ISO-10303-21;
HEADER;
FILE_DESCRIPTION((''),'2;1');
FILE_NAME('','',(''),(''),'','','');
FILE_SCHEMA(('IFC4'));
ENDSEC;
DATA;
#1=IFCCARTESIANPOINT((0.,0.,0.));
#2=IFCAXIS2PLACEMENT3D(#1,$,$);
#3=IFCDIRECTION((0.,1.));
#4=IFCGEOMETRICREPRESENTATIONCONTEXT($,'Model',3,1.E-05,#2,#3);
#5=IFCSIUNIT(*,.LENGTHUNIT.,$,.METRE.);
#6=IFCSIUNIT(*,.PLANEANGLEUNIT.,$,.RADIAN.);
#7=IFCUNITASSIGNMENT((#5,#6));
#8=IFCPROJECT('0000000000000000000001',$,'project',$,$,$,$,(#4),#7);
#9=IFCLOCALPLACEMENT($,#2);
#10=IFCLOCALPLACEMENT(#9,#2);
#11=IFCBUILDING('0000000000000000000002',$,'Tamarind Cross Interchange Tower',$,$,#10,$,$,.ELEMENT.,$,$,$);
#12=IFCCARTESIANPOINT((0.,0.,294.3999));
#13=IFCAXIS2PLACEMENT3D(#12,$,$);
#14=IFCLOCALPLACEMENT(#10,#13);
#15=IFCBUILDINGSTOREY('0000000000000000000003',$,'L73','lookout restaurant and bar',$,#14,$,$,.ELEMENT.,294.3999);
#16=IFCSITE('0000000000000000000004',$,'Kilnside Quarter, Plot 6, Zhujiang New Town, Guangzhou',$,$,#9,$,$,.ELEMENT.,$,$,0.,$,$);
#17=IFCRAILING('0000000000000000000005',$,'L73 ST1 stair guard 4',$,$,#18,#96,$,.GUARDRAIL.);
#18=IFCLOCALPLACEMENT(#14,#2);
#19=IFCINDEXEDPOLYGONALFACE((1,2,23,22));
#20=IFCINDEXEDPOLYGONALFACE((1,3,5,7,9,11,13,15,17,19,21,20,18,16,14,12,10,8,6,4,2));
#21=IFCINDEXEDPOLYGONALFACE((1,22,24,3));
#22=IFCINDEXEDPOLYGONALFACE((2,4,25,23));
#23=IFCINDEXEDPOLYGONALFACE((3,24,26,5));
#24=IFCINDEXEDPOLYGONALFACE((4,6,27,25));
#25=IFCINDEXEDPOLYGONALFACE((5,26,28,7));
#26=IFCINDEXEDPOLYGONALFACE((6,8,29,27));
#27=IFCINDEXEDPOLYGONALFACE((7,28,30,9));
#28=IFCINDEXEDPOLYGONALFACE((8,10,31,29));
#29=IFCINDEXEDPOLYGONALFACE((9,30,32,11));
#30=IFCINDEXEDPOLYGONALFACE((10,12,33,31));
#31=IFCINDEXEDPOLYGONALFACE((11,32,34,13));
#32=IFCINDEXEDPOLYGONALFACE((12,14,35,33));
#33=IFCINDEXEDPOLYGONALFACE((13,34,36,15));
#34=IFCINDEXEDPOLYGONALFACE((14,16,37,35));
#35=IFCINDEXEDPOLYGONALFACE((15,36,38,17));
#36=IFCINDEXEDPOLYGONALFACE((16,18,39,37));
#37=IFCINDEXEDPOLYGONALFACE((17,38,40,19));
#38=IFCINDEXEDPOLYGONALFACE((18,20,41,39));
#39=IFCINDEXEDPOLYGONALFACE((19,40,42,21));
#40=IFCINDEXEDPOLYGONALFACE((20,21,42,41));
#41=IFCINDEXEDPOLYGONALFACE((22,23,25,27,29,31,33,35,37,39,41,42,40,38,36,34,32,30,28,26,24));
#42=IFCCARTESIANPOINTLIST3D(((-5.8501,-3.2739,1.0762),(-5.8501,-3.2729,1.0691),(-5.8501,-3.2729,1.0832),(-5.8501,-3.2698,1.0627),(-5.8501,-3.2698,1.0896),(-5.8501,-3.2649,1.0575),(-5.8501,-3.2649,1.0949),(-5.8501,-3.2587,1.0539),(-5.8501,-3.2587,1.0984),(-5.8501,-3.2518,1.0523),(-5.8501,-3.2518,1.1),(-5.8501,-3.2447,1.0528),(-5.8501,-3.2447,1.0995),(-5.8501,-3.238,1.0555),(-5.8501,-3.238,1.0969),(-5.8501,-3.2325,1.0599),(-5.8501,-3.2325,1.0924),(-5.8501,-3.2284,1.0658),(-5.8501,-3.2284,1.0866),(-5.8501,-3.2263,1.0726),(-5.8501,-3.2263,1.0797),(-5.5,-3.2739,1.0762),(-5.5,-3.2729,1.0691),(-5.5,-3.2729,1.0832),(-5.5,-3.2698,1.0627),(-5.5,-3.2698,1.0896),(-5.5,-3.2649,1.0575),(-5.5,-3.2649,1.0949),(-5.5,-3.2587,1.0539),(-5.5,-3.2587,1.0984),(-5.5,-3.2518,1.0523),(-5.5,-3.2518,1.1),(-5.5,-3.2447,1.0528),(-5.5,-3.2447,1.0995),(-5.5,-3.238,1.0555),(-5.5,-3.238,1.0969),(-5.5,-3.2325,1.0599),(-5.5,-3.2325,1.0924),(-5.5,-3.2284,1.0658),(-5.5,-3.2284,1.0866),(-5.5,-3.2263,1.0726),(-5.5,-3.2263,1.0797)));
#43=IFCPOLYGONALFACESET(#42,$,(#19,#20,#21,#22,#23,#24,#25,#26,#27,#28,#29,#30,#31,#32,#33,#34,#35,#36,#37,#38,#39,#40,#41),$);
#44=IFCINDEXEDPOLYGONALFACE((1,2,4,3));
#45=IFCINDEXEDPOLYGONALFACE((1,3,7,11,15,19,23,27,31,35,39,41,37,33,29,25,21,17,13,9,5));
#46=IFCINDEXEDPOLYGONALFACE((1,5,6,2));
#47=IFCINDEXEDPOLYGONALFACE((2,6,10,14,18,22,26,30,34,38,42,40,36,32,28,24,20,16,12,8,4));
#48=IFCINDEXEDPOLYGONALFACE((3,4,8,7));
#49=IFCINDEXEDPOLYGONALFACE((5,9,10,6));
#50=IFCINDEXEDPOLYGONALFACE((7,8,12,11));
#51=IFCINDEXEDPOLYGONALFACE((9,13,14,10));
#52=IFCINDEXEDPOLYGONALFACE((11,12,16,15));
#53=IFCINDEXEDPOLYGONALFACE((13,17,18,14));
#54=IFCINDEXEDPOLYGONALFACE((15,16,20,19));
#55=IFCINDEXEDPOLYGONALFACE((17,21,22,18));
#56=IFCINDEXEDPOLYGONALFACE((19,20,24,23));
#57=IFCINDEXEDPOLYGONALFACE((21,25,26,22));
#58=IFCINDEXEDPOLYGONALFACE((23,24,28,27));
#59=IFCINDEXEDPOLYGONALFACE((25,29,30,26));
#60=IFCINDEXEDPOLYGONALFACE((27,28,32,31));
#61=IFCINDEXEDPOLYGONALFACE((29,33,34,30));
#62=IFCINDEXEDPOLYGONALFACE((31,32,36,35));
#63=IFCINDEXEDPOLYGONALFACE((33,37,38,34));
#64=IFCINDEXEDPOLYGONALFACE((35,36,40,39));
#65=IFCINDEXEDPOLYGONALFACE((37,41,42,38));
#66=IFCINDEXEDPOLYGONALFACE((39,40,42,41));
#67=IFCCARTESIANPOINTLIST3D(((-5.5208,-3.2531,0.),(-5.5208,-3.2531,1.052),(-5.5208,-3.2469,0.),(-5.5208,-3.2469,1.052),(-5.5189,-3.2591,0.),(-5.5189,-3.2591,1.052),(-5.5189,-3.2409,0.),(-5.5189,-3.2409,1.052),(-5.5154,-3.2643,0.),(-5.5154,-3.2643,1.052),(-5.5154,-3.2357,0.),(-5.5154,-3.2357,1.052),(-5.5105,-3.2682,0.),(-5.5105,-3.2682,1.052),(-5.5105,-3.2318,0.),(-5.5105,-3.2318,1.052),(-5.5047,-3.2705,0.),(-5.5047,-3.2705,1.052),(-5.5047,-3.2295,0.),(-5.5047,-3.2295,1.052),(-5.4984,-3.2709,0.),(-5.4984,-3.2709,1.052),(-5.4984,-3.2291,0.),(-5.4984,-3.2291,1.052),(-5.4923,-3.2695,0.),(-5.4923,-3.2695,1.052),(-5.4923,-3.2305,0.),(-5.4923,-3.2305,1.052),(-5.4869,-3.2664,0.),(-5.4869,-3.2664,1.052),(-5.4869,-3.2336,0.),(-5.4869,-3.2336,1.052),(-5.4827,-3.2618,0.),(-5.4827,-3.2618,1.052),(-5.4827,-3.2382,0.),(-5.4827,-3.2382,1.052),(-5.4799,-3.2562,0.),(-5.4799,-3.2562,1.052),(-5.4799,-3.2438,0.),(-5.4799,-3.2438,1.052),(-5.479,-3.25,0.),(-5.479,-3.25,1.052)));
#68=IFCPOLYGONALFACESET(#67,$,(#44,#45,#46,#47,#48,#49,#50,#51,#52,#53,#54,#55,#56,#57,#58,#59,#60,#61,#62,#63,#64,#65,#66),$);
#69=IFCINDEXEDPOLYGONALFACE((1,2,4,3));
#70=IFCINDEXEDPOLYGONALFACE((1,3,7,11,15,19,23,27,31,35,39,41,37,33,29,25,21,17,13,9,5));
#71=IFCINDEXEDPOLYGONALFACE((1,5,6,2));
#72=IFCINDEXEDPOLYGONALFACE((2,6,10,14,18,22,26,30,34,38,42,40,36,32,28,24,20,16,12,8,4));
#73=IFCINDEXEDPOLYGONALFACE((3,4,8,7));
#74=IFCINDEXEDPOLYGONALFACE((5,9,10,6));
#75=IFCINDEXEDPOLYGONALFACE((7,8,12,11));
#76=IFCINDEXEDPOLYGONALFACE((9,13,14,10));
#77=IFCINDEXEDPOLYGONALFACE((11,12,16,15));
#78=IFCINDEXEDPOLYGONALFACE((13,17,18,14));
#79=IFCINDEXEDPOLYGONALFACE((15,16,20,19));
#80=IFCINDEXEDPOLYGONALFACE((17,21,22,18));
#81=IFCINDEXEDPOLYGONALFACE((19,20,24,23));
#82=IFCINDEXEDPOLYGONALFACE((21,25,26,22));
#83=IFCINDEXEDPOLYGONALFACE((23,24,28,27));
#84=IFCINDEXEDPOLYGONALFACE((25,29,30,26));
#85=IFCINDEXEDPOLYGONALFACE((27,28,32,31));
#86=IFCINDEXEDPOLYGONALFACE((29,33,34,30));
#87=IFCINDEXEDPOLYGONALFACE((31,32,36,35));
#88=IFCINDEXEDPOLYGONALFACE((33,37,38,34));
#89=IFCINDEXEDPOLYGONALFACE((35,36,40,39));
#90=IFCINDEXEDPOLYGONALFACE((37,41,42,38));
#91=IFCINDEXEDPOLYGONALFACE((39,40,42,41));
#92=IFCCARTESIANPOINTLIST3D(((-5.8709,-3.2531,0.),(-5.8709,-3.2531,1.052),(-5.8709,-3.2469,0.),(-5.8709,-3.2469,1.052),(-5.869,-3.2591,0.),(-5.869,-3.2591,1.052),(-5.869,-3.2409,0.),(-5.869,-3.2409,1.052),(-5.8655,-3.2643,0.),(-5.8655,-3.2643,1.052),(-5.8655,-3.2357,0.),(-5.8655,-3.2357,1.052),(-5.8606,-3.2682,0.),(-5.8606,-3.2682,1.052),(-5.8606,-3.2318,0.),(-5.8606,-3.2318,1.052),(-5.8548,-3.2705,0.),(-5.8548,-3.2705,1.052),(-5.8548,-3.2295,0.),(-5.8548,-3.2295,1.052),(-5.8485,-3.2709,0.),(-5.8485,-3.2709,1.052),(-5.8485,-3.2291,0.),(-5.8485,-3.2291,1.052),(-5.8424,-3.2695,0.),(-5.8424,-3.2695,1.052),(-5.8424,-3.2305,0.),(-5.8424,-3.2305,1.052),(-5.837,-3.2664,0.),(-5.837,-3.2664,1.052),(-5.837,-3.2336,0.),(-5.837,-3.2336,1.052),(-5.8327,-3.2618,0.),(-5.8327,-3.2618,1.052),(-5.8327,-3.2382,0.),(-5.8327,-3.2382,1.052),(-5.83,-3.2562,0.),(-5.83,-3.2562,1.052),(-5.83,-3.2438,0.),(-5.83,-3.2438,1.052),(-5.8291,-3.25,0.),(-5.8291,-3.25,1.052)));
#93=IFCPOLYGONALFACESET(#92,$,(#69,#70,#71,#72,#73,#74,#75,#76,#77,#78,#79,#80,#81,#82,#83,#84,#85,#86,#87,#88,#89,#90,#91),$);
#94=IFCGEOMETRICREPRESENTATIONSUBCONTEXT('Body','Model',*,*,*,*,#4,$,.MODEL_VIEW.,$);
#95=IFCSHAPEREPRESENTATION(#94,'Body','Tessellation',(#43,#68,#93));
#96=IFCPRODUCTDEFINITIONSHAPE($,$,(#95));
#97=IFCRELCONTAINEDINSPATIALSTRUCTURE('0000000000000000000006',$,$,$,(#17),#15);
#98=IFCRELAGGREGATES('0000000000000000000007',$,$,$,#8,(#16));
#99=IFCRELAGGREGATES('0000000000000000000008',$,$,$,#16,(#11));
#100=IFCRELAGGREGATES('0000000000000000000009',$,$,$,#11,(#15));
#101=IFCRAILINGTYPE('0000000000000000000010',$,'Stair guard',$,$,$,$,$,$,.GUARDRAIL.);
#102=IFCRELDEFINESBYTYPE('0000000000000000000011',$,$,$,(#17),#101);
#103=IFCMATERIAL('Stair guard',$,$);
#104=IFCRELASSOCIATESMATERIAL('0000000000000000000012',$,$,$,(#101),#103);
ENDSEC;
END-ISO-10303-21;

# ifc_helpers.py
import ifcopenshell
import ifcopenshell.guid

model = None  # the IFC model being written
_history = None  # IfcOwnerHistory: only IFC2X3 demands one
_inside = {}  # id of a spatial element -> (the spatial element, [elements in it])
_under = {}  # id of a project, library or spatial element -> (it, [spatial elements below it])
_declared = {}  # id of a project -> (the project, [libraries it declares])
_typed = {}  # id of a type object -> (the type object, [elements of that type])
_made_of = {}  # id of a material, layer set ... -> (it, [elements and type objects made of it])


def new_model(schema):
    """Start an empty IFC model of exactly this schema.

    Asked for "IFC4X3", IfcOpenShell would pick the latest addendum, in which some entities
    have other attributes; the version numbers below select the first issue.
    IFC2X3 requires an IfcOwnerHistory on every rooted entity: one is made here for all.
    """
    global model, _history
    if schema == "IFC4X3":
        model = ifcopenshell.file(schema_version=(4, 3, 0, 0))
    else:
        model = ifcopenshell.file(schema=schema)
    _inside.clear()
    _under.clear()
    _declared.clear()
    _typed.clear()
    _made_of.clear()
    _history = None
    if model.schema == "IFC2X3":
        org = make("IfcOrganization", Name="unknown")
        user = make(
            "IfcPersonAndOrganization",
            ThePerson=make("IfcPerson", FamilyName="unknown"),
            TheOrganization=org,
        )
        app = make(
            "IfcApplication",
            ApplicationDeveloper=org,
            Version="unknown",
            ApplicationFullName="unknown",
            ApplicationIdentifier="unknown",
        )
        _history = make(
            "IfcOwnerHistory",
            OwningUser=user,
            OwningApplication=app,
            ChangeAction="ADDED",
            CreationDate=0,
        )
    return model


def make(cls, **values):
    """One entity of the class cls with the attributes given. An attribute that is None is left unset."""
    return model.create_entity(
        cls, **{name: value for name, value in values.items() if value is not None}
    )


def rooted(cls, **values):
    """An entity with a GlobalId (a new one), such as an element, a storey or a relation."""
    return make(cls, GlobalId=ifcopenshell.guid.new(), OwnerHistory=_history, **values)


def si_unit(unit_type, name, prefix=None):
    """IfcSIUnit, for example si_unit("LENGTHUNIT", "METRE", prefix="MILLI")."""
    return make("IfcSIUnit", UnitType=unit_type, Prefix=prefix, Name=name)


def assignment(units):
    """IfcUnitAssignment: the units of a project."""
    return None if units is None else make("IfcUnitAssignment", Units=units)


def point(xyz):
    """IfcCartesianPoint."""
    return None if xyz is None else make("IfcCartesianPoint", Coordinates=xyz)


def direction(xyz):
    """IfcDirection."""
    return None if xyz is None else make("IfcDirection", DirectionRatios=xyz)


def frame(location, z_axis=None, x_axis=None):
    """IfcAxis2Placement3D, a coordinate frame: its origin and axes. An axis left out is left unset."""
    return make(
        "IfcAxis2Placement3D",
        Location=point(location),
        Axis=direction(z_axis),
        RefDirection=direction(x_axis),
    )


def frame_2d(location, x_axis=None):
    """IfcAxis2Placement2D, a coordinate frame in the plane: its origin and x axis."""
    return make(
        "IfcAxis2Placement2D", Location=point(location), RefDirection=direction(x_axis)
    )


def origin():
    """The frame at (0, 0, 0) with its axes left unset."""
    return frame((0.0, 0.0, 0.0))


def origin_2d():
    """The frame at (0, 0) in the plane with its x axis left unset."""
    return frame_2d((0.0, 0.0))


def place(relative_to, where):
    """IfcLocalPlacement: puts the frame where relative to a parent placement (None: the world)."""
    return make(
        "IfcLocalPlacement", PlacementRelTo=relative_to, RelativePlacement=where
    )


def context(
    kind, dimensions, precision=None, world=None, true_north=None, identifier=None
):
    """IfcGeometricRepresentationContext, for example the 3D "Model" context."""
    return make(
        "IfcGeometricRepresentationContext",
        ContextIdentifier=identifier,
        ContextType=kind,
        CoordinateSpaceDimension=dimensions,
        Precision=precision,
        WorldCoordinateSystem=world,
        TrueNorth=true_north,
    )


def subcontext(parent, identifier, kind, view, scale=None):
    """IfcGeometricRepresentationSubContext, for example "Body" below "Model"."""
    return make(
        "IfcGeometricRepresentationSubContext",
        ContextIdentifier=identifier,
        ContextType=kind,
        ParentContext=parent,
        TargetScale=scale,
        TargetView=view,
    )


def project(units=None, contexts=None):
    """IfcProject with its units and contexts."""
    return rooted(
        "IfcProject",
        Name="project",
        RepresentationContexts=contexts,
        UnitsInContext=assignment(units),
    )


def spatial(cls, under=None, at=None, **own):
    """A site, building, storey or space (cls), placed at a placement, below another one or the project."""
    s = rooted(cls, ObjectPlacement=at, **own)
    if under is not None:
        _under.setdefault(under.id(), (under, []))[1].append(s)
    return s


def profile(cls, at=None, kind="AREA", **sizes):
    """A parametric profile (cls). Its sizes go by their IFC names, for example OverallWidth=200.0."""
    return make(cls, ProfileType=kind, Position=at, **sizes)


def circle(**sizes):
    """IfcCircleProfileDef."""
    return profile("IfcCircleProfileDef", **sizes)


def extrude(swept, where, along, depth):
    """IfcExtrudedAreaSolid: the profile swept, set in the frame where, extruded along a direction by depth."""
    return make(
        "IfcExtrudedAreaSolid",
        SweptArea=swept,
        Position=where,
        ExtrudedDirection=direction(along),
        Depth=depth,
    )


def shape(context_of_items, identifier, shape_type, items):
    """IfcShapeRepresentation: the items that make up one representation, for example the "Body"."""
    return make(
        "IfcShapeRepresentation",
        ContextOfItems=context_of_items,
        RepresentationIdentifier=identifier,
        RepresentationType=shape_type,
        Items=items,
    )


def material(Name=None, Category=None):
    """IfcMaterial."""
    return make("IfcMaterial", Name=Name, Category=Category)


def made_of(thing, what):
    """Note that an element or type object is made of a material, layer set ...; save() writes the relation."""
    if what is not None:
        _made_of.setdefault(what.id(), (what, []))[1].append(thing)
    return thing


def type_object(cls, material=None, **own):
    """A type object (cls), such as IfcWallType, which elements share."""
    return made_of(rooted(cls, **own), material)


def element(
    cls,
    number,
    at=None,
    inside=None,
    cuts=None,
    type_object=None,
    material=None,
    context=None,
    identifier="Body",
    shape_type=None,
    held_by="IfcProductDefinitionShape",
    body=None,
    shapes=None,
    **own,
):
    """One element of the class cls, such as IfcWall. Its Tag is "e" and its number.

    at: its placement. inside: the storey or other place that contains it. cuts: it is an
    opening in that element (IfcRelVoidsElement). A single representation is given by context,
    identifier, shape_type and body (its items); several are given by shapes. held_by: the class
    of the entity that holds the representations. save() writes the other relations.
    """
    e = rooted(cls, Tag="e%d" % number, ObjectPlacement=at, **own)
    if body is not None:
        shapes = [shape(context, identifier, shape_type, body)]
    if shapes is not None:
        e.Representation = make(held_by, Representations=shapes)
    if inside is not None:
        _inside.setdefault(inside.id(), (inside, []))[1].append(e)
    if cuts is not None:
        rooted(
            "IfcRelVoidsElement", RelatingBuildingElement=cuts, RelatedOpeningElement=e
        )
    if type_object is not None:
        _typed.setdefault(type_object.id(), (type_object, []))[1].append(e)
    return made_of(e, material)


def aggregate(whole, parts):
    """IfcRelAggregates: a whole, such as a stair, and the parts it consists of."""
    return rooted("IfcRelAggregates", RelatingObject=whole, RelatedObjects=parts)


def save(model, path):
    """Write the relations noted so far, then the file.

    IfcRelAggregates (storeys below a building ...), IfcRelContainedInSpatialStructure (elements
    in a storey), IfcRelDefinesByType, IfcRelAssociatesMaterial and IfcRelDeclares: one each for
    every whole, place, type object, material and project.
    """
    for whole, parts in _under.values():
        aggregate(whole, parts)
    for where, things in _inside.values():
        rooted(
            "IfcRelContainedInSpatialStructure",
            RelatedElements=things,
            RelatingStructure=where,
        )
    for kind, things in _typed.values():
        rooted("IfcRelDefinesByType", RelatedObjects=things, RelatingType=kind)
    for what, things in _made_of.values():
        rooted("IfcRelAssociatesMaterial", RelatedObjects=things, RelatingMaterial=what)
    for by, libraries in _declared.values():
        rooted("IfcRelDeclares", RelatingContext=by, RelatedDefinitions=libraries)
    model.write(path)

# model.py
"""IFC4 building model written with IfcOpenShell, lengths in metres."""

from ifc_helpers import new_model, si_unit, direction, frame, origin, origin_2d, place, context, subcontext, project, spatial, circle, extrude, material, type_object, element, save


model = new_model("IFC4")

# Units and contexts
model_context = context("Model", 3, precision=1e-05, world=origin(), true_north=direction((0.0, 1.0)))
body_context = subcontext(model_context, "Body", "Model", "MODEL_VIEW")
ifc_project = project(units=[si_unit("LENGTHUNIT", "METRE"), si_unit("PLANEANGLEUNIT", "RADIAN")], contexts=[model_context])

# Site, building, storey
site_placement = place(None, origin())
site = spatial("IfcSite", under=ifc_project, at=site_placement, Name="Kilnside Quarter, Plot 6, Zhujiang New Town, Guangzhou", CompositionType="ELEMENT", RefElevation=0.0)
building_placement = place(site_placement, origin())
building = spatial("IfcBuilding", under=site, at=building_placement, Name="Tamarind Cross Interchange Tower", CompositionType="ELEMENT")
storey_placement = place(building_placement, frame((0.0, 0.0, 294.3999)))
storey = spatial("IfcBuildingStorey", under=building, at=storey_placement, Name="L73", Description="lookout restaurant and bar", CompositionType="ELEMENT", Elevation=294.3999)

# Railing
ifc_material_1 = material(Name="Stair guard")
railing_type_1 = type_object("IfcRailingType", Name="Stair guard", PredefinedType="GUARDRAIL", material=ifc_material_1)
railing_1_placement = place(storey_placement, frame((-5.5, -3.25, 0.0)))
element("IfcRailing", 1, at=railing_1_placement, inside=storey, type_object=railing_type_1, Name="L73 ST1 stair guard 4", PredefinedType="GUARDRAIL", context=body_context, shape_type="SweptSolid", body=[
    extrude(circle(Radius=0.0239, at=origin_2d()), frame((0.0, 0.0, 1.0762), z_axis=(-1.0, 0.0, 0.0), x_axis=(0.0, -1.0, 0.0)), (0.0, 0.0, 1.0), 0.3501),
    extrude(circle(Radius=0.021, at=origin_2d()), origin(), (0.0, 0.0, 1.0), 1.052),
    extrude(circle(Radius=0.021, at=origin_2d()), frame((-0.3501, 0.0, 0.0)), (0.0, 0.0, 1.0), 1.052),
])

save(model, "model.ifc")
